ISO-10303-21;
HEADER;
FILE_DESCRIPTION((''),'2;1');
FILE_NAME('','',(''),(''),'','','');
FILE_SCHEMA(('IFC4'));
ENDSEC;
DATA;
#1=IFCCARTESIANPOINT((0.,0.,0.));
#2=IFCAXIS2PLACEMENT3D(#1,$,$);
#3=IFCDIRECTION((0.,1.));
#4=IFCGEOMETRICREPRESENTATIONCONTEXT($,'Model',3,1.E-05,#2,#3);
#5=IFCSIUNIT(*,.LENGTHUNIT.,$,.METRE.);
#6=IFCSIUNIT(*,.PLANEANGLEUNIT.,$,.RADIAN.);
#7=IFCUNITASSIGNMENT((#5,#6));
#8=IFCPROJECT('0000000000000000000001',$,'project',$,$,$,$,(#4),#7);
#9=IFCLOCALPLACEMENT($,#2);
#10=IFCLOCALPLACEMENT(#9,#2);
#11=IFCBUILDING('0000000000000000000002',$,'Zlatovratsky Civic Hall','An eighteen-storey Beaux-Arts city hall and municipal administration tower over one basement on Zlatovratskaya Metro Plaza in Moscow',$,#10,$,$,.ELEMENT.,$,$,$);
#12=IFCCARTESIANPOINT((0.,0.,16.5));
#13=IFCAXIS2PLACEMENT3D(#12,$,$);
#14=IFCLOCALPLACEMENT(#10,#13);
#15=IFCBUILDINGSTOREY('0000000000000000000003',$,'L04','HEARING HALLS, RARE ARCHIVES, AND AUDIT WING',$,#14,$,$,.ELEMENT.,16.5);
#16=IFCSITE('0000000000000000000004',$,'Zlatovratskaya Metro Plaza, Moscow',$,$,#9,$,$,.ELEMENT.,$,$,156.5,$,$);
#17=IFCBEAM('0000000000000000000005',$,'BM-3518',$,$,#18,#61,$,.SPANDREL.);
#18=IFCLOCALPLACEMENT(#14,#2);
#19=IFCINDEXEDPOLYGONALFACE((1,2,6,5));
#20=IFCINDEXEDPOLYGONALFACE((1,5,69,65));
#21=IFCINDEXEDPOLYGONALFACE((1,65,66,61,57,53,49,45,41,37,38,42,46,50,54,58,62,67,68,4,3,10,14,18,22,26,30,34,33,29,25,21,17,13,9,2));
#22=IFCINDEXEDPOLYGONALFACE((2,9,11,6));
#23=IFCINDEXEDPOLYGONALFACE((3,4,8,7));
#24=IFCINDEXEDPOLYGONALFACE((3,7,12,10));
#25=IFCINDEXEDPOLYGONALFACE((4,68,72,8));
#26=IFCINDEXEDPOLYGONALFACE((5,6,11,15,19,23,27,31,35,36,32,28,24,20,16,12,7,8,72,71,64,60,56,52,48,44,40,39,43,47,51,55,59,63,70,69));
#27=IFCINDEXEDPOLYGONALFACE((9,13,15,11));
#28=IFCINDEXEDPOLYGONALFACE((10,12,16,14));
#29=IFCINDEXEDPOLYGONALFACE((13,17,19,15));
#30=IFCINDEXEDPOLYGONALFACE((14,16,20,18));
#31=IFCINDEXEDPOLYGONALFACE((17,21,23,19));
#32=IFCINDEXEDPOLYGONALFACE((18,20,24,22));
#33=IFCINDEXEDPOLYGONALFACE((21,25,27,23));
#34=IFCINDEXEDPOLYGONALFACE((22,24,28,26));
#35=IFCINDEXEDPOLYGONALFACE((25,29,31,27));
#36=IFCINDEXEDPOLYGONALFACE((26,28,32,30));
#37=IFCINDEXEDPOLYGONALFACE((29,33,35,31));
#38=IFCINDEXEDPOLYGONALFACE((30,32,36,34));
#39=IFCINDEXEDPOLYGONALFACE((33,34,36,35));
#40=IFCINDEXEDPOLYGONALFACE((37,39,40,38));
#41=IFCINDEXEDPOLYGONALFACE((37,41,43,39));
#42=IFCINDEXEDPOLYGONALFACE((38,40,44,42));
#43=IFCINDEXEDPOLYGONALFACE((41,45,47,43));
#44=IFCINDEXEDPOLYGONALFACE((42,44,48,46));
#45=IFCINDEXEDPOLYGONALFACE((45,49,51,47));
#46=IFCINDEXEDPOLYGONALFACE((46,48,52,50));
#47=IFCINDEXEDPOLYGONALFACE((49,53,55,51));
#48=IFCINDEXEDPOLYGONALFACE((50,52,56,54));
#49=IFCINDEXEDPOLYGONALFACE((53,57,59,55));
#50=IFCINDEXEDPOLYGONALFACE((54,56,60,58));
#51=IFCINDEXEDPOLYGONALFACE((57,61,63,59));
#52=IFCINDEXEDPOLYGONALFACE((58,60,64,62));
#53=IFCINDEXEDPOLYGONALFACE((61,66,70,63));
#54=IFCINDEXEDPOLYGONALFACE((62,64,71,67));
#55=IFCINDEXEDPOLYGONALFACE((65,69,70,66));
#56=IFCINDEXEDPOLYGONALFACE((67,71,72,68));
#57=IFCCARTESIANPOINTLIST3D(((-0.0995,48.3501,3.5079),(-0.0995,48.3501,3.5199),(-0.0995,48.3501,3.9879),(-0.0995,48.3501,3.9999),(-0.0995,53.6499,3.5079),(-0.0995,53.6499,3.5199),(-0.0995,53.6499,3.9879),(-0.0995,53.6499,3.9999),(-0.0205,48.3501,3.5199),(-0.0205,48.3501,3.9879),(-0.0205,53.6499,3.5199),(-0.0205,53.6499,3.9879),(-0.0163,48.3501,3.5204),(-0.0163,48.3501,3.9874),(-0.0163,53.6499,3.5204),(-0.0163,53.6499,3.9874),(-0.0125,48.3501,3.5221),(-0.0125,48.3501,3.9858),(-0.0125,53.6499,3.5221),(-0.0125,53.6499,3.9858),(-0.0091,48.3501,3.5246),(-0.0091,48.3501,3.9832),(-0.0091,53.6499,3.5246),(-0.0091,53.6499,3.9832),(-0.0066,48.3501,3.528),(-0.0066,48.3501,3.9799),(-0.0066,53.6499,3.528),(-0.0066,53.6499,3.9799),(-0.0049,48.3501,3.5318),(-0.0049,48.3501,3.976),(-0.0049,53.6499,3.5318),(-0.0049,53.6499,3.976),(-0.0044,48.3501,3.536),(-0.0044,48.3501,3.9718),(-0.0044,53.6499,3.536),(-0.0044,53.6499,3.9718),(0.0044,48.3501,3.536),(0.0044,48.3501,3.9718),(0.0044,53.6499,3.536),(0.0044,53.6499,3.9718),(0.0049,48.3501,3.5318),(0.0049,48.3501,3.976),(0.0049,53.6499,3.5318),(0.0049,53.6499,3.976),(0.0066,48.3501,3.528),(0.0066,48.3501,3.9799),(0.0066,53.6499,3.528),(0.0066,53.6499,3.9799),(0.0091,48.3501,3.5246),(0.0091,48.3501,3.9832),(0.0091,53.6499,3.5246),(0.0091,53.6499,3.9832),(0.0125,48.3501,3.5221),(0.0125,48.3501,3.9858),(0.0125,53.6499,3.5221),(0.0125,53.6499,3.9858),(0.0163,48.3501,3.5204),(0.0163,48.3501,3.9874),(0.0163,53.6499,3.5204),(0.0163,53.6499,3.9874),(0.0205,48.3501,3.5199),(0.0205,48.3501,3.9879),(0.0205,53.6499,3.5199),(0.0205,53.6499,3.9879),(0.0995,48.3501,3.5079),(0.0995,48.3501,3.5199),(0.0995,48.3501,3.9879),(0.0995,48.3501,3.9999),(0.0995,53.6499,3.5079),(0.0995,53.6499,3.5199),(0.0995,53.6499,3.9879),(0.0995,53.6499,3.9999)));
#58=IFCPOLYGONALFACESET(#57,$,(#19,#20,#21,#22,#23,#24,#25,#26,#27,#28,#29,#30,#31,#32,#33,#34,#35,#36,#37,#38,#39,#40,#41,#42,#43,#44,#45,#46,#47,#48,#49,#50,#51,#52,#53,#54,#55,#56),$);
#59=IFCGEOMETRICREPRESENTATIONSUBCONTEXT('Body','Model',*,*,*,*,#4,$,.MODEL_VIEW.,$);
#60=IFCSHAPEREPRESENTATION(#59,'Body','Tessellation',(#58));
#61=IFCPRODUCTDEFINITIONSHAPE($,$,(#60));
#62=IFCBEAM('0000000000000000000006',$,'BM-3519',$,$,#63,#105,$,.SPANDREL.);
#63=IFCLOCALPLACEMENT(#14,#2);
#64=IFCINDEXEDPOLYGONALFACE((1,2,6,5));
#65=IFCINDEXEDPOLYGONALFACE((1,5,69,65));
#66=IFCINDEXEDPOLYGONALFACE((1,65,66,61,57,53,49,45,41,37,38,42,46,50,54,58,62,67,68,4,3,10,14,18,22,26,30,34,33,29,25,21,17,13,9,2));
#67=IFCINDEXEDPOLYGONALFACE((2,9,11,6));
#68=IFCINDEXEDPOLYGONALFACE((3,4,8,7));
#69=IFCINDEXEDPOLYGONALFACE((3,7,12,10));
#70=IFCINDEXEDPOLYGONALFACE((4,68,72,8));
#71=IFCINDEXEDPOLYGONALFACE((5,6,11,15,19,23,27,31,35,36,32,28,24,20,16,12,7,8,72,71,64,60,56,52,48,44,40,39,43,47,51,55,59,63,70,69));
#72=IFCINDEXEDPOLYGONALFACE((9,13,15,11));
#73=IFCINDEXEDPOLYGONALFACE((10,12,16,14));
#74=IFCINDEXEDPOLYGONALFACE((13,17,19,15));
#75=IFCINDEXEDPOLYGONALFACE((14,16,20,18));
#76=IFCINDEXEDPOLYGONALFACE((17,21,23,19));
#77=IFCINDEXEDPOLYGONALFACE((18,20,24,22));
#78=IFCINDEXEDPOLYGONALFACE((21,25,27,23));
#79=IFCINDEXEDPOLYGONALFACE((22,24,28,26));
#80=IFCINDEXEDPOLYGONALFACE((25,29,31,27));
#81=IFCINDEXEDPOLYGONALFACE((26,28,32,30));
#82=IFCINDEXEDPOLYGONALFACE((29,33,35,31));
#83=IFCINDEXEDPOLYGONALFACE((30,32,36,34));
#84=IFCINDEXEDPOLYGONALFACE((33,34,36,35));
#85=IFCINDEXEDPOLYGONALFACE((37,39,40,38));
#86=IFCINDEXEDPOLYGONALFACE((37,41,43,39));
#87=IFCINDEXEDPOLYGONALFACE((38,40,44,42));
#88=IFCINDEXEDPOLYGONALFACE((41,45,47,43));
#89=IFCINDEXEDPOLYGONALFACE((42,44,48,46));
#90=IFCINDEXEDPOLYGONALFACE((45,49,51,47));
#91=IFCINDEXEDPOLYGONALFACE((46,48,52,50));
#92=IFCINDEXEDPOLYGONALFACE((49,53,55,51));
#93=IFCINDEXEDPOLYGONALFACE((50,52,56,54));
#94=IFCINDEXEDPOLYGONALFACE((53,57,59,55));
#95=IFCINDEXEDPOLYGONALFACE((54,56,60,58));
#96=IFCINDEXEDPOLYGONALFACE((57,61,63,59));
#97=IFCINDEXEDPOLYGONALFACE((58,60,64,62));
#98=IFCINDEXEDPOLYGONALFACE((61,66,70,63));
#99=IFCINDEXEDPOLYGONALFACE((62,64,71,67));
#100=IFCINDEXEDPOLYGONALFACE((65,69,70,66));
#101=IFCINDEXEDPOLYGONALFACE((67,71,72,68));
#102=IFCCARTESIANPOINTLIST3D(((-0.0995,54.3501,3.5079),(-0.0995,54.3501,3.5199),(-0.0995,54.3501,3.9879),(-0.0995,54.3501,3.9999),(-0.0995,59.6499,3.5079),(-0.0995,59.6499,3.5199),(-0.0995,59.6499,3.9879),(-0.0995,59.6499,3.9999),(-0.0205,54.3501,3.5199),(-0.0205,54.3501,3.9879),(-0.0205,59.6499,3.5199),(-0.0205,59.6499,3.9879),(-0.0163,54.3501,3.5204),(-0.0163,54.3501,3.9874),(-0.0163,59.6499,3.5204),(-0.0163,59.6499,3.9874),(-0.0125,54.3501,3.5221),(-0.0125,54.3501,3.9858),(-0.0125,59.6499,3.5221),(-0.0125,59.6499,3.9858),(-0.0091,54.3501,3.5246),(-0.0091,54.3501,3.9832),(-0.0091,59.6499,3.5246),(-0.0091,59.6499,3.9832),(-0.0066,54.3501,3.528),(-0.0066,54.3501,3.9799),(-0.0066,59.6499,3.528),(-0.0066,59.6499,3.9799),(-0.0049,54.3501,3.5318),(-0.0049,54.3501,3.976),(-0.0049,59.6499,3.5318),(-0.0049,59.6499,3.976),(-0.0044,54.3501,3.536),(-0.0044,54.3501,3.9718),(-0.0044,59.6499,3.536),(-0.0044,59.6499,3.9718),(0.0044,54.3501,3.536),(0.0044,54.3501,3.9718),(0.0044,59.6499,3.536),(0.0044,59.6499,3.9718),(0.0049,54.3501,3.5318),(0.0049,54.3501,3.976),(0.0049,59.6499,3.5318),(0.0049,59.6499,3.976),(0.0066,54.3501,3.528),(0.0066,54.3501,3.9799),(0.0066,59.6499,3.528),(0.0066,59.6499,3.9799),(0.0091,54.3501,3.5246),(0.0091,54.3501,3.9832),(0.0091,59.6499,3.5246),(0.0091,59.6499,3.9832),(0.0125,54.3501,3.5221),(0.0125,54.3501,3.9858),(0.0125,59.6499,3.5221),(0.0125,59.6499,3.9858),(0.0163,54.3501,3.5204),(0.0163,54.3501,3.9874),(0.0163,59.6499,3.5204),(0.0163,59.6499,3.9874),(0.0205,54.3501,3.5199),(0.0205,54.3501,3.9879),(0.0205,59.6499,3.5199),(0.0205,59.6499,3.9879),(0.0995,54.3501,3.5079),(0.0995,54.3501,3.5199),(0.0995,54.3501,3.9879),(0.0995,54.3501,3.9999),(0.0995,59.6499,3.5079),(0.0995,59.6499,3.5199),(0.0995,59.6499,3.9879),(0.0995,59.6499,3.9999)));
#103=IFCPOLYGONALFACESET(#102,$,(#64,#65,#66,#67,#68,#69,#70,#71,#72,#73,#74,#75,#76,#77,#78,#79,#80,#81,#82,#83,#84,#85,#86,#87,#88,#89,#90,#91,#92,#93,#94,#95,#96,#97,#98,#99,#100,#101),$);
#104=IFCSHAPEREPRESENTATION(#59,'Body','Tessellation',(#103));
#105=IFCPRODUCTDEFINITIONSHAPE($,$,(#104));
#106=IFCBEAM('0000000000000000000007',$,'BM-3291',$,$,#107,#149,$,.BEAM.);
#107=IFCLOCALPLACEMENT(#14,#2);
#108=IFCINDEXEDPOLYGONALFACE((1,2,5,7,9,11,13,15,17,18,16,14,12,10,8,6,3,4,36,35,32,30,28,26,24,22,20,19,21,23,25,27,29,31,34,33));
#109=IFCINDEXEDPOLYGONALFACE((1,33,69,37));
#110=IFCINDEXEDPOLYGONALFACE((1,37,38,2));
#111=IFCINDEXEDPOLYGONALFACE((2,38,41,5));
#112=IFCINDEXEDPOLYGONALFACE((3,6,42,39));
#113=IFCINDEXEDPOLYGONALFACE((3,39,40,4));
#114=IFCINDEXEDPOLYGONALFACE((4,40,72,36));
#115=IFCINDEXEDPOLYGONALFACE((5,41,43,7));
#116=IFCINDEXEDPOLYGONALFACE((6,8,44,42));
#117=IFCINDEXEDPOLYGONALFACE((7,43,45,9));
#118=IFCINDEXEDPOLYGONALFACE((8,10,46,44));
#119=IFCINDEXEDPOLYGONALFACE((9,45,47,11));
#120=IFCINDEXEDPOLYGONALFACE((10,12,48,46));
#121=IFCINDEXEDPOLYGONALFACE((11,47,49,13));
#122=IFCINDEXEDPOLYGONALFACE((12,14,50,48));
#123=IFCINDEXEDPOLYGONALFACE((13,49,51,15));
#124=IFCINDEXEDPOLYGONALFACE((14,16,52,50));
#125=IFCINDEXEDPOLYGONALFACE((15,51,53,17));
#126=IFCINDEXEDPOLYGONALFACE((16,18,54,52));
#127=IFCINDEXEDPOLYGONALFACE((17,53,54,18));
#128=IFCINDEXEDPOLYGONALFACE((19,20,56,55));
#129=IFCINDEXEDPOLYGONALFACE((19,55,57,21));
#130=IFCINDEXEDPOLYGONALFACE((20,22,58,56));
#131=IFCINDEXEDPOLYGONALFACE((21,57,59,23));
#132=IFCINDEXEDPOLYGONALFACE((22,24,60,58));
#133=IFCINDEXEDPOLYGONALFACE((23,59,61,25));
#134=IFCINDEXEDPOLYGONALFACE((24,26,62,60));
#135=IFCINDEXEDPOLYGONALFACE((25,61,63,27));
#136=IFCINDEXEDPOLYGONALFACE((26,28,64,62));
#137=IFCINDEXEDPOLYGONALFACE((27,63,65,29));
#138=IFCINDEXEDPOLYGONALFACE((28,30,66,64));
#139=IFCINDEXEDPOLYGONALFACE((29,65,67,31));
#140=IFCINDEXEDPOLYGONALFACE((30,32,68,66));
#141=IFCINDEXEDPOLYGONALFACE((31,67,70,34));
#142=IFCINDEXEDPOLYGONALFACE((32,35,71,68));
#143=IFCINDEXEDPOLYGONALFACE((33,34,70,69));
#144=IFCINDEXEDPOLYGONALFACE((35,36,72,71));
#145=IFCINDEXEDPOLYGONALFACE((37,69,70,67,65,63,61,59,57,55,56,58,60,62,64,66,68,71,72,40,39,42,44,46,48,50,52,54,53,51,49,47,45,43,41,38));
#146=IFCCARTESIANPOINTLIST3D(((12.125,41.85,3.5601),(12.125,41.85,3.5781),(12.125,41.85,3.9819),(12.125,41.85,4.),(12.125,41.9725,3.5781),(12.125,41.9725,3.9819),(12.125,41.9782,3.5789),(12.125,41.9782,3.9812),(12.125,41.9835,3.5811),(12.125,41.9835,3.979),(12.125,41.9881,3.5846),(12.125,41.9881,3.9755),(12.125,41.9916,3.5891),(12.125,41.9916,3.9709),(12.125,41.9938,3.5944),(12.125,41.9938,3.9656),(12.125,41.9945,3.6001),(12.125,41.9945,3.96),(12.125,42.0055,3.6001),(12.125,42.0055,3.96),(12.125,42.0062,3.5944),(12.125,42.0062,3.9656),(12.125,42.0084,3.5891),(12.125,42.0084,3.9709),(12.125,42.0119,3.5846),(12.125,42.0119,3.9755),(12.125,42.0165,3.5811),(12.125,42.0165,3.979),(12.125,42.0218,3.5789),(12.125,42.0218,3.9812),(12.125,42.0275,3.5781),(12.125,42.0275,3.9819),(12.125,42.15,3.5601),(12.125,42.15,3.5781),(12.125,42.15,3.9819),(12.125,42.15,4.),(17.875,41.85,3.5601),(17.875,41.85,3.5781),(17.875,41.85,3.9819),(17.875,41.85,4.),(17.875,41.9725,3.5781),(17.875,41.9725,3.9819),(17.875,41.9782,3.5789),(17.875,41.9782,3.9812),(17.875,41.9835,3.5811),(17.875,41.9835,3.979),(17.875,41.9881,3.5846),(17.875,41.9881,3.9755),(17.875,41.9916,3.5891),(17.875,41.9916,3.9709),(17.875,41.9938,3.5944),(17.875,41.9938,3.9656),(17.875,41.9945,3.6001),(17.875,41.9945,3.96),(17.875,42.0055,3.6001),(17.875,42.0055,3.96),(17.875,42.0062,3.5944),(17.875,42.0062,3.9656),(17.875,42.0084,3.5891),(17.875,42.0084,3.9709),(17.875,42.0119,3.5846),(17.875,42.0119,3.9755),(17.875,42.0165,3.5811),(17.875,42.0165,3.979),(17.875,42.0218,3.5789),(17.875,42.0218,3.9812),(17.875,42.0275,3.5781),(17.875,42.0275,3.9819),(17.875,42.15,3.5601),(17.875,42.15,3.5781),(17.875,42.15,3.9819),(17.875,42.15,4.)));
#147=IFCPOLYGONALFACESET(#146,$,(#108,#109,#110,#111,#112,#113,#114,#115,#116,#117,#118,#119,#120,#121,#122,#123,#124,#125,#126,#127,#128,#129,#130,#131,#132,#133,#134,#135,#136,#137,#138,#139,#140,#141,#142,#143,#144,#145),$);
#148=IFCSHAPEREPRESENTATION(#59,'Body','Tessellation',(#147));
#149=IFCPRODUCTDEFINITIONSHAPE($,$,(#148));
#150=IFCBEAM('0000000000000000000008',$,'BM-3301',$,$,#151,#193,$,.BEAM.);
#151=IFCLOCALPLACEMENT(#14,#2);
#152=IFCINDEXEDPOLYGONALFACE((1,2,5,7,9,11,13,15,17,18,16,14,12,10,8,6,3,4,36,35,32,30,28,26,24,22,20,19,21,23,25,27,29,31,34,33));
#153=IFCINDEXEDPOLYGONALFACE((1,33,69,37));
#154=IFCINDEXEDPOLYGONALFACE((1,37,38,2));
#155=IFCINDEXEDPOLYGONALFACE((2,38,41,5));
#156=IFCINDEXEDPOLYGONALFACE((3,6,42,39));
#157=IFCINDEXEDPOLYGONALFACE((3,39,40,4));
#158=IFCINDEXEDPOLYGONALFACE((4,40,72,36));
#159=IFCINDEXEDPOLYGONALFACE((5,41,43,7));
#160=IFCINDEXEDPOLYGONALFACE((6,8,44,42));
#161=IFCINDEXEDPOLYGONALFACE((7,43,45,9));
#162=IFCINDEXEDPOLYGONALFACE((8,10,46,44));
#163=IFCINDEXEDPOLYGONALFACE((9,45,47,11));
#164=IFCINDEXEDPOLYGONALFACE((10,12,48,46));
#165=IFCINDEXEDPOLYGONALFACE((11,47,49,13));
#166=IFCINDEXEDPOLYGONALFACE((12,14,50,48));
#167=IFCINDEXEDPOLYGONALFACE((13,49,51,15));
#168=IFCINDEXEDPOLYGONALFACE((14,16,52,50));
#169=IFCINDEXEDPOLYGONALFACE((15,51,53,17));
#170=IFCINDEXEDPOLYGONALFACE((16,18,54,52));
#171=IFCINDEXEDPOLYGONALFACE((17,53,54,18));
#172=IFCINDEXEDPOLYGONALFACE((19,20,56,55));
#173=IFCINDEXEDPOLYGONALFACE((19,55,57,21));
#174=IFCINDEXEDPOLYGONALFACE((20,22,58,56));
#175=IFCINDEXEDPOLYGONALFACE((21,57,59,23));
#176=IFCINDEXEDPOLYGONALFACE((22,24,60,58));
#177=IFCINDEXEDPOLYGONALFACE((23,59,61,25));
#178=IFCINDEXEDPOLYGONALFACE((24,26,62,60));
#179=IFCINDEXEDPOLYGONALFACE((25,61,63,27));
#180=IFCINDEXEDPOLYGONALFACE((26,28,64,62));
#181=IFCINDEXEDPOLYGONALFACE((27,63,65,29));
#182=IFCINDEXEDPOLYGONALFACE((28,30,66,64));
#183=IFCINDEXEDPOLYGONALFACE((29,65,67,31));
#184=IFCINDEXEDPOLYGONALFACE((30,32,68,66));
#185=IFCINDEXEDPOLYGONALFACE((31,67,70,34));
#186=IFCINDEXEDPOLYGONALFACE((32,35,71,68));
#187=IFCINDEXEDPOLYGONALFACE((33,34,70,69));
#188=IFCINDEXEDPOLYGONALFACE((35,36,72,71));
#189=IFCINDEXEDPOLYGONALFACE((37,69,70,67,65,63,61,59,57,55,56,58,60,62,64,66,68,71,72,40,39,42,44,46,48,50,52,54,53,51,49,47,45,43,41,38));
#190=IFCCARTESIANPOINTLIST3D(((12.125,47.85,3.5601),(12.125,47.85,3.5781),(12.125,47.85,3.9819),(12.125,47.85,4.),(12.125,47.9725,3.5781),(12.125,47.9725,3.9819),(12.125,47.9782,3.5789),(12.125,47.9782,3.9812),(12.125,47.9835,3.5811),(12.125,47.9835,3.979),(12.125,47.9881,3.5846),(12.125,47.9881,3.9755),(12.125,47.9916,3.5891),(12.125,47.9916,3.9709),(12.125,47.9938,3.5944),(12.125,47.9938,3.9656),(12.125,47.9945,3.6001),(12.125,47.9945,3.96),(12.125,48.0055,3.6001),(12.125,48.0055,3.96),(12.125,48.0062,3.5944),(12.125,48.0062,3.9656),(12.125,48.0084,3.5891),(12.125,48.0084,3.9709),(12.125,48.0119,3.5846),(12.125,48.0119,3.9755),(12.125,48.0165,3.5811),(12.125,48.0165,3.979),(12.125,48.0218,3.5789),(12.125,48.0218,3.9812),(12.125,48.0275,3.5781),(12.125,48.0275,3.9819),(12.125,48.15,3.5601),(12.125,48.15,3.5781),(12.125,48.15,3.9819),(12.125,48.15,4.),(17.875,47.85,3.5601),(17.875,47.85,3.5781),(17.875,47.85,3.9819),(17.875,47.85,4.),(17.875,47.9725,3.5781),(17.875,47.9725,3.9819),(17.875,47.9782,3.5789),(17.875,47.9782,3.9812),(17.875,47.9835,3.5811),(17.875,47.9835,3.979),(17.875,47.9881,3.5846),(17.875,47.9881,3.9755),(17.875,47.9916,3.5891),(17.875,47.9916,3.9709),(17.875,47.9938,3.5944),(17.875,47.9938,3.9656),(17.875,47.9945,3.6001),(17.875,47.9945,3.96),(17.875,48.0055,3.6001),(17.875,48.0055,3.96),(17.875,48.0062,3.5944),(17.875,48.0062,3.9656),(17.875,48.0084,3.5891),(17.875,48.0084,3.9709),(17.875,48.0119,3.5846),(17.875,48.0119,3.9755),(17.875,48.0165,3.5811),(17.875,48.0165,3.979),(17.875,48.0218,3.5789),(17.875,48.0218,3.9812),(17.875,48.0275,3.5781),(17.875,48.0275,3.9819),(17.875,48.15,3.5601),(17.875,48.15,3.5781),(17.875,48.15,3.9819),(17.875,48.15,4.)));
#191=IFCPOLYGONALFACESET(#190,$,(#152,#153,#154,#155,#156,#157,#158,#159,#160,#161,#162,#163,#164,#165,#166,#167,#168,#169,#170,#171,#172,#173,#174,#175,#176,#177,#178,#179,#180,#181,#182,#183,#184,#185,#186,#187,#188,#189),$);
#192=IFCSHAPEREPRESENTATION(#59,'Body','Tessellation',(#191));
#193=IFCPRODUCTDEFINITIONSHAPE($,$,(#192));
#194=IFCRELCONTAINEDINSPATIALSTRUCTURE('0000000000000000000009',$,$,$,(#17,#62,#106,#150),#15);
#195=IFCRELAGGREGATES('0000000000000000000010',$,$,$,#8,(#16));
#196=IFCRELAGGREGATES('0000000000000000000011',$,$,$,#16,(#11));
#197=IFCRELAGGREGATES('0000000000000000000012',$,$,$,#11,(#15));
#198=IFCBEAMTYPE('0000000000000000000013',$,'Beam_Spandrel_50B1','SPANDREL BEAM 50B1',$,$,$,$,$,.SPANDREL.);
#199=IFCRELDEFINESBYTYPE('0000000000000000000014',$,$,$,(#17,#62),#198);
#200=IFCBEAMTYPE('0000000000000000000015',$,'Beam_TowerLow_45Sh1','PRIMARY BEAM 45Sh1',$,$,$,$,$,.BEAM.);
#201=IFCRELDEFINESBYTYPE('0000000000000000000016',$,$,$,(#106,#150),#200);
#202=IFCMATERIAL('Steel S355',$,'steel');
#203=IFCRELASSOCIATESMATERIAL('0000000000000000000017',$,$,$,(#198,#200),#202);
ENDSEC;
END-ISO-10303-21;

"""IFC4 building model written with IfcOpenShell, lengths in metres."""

from ifc_helpers import new_model, si_unit, direction, frame, origin, origin_2d, place, context, subcontext, project, spatial, i_section, extrude, material, material_profile, profile_set, type_object, element, save


model = new_model("IFC4")

# Units and contexts
model_context = context("Model", 3, precision=1e-05, world=origin(), true_north=direction((0.0, 1.0)))
body_context = subcontext(model_context, "Body", "Model", "MODEL_VIEW")
ifc_project = project(units=[si_unit("LENGTHUNIT", "METRE"), si_unit("PLANEANGLEUNIT", "RADIAN")], contexts=[model_context])

# Site, building, storey
site_placement = place(None, origin())
site = spatial("IfcSite", under=ifc_project, at=site_placement, Name="Zlatovratskaya Metro Plaza, Moscow", CompositionType="ELEMENT", RefElevation=156.5)
building_placement = place(site_placement, origin())
building = spatial("IfcBuilding", under=site, at=building_placement, Name="Zlatovratsky Civic Hall", Description="An eighteen-storey Beaux-Arts city hall and municipal administration tower over one basement on Zlatovratskaya Metro Plaza in Moscow", CompositionType="ELEMENT")
storey_placement = place(building_placement, frame((0.0, 0.0, 16.5)))
storey = spatial("IfcBuildingStorey", under=building, at=storey_placement, Name="L04", Description="HEARING HALLS, RARE ARCHIVES, AND AUDIT WING", CompositionType="ELEMENT", Elevation=16.5)

# Shared definitions
ifc_material_1 = material(Name="Steel S355", Category="steel")

# Beams
ifc_material_profile_1 = material_profile(ifc_material_1, i_section(OverallWidth=0.199, OverallDepth=0.4919, WebThickness=0.0088, FlangeThickness=0.012, FilletRadius=0.0161, at=origin_2d()), Name="50B1")
ifc_profile_set_1 = profile_set([ifc_material_profile_1], Name="Steel S355")
beam_type_1 = type_object("IfcBeamType", Name="Beam_Spandrel_50B1", Description="SPANDREL BEAM 50B1", PredefinedType="SPANDREL", material=ifc_profile_set_1)
for number, where, z_axis, x_axis, name in (
    (1, (0.0, 48.3501, 3.7539), (0.0, 1.0, 0.0), (-1.0, 0.0, 0.0), "BM-3518"),
    (2, (0.0, 54.3501, 3.7539), (0.0, 1.0, 0.0), (-1.0, 0.0, 0.0), "BM-3519"),
):
    element("IfcBeam", number, at=place(storey_placement, frame(where, z_axis=z_axis, x_axis=x_axis)), inside=storey, type_object=beam_type_1, Name=name, PredefinedType="SPANDREL", context=body_context, shape_type="SweptSolid", body=[
        extrude(i_section(OverallWidth=0.199, OverallDepth=0.4919, WebThickness=0.0088, FlangeThickness=0.012, FilletRadius=0.0161, at=origin_2d()), origin(), (0.0, 0.0, 1.0), 5.2998),
    ])
ifc_material_profile_2 = material_profile(ifc_material_1, i_section(OverallWidth=0.3, OverallDepth=0.4399, WebThickness=0.011, FlangeThickness=0.0181, FilletRadius=0.022, at=origin_2d()), Name="45Sh1")
ifc_profile_set_2 = profile_set([ifc_material_profile_2], Name="Steel S355")
beam_type_2 = type_object("IfcBeamType", Name="Beam_TowerLow_45Sh1", Description="PRIMARY BEAM 45Sh1", PredefinedType="BEAM", material=ifc_profile_set_2)
for number, where, z_axis, x_axis, name in (
    (3, (12.125, 42.0, 3.78), (1.0, 0.0, 0.0), (0.0, 1.0, 0.0), "BM-3291"),
    (4, (12.125, 48.0, 3.78), (1.0, 0.0, 0.0), (0.0, 1.0, 0.0), "BM-3301"),
):
    element("IfcBeam", number, at=place(storey_placement, frame(where, z_axis=z_axis, x_axis=x_axis)), inside=storey, type_object=beam_type_2, Name=name, PredefinedType="BEAM", context=body_context, shape_type="SweptSolid", body=[
        extrude(i_section(OverallWidth=0.3, OverallDepth=0.4399, WebThickness=0.011, FlangeThickness=0.0181, FilletRadius=0.022, at=origin_2d()), origin(), (0.0, 0.0, 1.0), 5.75),
    ])

save(model, "model.ifc")
